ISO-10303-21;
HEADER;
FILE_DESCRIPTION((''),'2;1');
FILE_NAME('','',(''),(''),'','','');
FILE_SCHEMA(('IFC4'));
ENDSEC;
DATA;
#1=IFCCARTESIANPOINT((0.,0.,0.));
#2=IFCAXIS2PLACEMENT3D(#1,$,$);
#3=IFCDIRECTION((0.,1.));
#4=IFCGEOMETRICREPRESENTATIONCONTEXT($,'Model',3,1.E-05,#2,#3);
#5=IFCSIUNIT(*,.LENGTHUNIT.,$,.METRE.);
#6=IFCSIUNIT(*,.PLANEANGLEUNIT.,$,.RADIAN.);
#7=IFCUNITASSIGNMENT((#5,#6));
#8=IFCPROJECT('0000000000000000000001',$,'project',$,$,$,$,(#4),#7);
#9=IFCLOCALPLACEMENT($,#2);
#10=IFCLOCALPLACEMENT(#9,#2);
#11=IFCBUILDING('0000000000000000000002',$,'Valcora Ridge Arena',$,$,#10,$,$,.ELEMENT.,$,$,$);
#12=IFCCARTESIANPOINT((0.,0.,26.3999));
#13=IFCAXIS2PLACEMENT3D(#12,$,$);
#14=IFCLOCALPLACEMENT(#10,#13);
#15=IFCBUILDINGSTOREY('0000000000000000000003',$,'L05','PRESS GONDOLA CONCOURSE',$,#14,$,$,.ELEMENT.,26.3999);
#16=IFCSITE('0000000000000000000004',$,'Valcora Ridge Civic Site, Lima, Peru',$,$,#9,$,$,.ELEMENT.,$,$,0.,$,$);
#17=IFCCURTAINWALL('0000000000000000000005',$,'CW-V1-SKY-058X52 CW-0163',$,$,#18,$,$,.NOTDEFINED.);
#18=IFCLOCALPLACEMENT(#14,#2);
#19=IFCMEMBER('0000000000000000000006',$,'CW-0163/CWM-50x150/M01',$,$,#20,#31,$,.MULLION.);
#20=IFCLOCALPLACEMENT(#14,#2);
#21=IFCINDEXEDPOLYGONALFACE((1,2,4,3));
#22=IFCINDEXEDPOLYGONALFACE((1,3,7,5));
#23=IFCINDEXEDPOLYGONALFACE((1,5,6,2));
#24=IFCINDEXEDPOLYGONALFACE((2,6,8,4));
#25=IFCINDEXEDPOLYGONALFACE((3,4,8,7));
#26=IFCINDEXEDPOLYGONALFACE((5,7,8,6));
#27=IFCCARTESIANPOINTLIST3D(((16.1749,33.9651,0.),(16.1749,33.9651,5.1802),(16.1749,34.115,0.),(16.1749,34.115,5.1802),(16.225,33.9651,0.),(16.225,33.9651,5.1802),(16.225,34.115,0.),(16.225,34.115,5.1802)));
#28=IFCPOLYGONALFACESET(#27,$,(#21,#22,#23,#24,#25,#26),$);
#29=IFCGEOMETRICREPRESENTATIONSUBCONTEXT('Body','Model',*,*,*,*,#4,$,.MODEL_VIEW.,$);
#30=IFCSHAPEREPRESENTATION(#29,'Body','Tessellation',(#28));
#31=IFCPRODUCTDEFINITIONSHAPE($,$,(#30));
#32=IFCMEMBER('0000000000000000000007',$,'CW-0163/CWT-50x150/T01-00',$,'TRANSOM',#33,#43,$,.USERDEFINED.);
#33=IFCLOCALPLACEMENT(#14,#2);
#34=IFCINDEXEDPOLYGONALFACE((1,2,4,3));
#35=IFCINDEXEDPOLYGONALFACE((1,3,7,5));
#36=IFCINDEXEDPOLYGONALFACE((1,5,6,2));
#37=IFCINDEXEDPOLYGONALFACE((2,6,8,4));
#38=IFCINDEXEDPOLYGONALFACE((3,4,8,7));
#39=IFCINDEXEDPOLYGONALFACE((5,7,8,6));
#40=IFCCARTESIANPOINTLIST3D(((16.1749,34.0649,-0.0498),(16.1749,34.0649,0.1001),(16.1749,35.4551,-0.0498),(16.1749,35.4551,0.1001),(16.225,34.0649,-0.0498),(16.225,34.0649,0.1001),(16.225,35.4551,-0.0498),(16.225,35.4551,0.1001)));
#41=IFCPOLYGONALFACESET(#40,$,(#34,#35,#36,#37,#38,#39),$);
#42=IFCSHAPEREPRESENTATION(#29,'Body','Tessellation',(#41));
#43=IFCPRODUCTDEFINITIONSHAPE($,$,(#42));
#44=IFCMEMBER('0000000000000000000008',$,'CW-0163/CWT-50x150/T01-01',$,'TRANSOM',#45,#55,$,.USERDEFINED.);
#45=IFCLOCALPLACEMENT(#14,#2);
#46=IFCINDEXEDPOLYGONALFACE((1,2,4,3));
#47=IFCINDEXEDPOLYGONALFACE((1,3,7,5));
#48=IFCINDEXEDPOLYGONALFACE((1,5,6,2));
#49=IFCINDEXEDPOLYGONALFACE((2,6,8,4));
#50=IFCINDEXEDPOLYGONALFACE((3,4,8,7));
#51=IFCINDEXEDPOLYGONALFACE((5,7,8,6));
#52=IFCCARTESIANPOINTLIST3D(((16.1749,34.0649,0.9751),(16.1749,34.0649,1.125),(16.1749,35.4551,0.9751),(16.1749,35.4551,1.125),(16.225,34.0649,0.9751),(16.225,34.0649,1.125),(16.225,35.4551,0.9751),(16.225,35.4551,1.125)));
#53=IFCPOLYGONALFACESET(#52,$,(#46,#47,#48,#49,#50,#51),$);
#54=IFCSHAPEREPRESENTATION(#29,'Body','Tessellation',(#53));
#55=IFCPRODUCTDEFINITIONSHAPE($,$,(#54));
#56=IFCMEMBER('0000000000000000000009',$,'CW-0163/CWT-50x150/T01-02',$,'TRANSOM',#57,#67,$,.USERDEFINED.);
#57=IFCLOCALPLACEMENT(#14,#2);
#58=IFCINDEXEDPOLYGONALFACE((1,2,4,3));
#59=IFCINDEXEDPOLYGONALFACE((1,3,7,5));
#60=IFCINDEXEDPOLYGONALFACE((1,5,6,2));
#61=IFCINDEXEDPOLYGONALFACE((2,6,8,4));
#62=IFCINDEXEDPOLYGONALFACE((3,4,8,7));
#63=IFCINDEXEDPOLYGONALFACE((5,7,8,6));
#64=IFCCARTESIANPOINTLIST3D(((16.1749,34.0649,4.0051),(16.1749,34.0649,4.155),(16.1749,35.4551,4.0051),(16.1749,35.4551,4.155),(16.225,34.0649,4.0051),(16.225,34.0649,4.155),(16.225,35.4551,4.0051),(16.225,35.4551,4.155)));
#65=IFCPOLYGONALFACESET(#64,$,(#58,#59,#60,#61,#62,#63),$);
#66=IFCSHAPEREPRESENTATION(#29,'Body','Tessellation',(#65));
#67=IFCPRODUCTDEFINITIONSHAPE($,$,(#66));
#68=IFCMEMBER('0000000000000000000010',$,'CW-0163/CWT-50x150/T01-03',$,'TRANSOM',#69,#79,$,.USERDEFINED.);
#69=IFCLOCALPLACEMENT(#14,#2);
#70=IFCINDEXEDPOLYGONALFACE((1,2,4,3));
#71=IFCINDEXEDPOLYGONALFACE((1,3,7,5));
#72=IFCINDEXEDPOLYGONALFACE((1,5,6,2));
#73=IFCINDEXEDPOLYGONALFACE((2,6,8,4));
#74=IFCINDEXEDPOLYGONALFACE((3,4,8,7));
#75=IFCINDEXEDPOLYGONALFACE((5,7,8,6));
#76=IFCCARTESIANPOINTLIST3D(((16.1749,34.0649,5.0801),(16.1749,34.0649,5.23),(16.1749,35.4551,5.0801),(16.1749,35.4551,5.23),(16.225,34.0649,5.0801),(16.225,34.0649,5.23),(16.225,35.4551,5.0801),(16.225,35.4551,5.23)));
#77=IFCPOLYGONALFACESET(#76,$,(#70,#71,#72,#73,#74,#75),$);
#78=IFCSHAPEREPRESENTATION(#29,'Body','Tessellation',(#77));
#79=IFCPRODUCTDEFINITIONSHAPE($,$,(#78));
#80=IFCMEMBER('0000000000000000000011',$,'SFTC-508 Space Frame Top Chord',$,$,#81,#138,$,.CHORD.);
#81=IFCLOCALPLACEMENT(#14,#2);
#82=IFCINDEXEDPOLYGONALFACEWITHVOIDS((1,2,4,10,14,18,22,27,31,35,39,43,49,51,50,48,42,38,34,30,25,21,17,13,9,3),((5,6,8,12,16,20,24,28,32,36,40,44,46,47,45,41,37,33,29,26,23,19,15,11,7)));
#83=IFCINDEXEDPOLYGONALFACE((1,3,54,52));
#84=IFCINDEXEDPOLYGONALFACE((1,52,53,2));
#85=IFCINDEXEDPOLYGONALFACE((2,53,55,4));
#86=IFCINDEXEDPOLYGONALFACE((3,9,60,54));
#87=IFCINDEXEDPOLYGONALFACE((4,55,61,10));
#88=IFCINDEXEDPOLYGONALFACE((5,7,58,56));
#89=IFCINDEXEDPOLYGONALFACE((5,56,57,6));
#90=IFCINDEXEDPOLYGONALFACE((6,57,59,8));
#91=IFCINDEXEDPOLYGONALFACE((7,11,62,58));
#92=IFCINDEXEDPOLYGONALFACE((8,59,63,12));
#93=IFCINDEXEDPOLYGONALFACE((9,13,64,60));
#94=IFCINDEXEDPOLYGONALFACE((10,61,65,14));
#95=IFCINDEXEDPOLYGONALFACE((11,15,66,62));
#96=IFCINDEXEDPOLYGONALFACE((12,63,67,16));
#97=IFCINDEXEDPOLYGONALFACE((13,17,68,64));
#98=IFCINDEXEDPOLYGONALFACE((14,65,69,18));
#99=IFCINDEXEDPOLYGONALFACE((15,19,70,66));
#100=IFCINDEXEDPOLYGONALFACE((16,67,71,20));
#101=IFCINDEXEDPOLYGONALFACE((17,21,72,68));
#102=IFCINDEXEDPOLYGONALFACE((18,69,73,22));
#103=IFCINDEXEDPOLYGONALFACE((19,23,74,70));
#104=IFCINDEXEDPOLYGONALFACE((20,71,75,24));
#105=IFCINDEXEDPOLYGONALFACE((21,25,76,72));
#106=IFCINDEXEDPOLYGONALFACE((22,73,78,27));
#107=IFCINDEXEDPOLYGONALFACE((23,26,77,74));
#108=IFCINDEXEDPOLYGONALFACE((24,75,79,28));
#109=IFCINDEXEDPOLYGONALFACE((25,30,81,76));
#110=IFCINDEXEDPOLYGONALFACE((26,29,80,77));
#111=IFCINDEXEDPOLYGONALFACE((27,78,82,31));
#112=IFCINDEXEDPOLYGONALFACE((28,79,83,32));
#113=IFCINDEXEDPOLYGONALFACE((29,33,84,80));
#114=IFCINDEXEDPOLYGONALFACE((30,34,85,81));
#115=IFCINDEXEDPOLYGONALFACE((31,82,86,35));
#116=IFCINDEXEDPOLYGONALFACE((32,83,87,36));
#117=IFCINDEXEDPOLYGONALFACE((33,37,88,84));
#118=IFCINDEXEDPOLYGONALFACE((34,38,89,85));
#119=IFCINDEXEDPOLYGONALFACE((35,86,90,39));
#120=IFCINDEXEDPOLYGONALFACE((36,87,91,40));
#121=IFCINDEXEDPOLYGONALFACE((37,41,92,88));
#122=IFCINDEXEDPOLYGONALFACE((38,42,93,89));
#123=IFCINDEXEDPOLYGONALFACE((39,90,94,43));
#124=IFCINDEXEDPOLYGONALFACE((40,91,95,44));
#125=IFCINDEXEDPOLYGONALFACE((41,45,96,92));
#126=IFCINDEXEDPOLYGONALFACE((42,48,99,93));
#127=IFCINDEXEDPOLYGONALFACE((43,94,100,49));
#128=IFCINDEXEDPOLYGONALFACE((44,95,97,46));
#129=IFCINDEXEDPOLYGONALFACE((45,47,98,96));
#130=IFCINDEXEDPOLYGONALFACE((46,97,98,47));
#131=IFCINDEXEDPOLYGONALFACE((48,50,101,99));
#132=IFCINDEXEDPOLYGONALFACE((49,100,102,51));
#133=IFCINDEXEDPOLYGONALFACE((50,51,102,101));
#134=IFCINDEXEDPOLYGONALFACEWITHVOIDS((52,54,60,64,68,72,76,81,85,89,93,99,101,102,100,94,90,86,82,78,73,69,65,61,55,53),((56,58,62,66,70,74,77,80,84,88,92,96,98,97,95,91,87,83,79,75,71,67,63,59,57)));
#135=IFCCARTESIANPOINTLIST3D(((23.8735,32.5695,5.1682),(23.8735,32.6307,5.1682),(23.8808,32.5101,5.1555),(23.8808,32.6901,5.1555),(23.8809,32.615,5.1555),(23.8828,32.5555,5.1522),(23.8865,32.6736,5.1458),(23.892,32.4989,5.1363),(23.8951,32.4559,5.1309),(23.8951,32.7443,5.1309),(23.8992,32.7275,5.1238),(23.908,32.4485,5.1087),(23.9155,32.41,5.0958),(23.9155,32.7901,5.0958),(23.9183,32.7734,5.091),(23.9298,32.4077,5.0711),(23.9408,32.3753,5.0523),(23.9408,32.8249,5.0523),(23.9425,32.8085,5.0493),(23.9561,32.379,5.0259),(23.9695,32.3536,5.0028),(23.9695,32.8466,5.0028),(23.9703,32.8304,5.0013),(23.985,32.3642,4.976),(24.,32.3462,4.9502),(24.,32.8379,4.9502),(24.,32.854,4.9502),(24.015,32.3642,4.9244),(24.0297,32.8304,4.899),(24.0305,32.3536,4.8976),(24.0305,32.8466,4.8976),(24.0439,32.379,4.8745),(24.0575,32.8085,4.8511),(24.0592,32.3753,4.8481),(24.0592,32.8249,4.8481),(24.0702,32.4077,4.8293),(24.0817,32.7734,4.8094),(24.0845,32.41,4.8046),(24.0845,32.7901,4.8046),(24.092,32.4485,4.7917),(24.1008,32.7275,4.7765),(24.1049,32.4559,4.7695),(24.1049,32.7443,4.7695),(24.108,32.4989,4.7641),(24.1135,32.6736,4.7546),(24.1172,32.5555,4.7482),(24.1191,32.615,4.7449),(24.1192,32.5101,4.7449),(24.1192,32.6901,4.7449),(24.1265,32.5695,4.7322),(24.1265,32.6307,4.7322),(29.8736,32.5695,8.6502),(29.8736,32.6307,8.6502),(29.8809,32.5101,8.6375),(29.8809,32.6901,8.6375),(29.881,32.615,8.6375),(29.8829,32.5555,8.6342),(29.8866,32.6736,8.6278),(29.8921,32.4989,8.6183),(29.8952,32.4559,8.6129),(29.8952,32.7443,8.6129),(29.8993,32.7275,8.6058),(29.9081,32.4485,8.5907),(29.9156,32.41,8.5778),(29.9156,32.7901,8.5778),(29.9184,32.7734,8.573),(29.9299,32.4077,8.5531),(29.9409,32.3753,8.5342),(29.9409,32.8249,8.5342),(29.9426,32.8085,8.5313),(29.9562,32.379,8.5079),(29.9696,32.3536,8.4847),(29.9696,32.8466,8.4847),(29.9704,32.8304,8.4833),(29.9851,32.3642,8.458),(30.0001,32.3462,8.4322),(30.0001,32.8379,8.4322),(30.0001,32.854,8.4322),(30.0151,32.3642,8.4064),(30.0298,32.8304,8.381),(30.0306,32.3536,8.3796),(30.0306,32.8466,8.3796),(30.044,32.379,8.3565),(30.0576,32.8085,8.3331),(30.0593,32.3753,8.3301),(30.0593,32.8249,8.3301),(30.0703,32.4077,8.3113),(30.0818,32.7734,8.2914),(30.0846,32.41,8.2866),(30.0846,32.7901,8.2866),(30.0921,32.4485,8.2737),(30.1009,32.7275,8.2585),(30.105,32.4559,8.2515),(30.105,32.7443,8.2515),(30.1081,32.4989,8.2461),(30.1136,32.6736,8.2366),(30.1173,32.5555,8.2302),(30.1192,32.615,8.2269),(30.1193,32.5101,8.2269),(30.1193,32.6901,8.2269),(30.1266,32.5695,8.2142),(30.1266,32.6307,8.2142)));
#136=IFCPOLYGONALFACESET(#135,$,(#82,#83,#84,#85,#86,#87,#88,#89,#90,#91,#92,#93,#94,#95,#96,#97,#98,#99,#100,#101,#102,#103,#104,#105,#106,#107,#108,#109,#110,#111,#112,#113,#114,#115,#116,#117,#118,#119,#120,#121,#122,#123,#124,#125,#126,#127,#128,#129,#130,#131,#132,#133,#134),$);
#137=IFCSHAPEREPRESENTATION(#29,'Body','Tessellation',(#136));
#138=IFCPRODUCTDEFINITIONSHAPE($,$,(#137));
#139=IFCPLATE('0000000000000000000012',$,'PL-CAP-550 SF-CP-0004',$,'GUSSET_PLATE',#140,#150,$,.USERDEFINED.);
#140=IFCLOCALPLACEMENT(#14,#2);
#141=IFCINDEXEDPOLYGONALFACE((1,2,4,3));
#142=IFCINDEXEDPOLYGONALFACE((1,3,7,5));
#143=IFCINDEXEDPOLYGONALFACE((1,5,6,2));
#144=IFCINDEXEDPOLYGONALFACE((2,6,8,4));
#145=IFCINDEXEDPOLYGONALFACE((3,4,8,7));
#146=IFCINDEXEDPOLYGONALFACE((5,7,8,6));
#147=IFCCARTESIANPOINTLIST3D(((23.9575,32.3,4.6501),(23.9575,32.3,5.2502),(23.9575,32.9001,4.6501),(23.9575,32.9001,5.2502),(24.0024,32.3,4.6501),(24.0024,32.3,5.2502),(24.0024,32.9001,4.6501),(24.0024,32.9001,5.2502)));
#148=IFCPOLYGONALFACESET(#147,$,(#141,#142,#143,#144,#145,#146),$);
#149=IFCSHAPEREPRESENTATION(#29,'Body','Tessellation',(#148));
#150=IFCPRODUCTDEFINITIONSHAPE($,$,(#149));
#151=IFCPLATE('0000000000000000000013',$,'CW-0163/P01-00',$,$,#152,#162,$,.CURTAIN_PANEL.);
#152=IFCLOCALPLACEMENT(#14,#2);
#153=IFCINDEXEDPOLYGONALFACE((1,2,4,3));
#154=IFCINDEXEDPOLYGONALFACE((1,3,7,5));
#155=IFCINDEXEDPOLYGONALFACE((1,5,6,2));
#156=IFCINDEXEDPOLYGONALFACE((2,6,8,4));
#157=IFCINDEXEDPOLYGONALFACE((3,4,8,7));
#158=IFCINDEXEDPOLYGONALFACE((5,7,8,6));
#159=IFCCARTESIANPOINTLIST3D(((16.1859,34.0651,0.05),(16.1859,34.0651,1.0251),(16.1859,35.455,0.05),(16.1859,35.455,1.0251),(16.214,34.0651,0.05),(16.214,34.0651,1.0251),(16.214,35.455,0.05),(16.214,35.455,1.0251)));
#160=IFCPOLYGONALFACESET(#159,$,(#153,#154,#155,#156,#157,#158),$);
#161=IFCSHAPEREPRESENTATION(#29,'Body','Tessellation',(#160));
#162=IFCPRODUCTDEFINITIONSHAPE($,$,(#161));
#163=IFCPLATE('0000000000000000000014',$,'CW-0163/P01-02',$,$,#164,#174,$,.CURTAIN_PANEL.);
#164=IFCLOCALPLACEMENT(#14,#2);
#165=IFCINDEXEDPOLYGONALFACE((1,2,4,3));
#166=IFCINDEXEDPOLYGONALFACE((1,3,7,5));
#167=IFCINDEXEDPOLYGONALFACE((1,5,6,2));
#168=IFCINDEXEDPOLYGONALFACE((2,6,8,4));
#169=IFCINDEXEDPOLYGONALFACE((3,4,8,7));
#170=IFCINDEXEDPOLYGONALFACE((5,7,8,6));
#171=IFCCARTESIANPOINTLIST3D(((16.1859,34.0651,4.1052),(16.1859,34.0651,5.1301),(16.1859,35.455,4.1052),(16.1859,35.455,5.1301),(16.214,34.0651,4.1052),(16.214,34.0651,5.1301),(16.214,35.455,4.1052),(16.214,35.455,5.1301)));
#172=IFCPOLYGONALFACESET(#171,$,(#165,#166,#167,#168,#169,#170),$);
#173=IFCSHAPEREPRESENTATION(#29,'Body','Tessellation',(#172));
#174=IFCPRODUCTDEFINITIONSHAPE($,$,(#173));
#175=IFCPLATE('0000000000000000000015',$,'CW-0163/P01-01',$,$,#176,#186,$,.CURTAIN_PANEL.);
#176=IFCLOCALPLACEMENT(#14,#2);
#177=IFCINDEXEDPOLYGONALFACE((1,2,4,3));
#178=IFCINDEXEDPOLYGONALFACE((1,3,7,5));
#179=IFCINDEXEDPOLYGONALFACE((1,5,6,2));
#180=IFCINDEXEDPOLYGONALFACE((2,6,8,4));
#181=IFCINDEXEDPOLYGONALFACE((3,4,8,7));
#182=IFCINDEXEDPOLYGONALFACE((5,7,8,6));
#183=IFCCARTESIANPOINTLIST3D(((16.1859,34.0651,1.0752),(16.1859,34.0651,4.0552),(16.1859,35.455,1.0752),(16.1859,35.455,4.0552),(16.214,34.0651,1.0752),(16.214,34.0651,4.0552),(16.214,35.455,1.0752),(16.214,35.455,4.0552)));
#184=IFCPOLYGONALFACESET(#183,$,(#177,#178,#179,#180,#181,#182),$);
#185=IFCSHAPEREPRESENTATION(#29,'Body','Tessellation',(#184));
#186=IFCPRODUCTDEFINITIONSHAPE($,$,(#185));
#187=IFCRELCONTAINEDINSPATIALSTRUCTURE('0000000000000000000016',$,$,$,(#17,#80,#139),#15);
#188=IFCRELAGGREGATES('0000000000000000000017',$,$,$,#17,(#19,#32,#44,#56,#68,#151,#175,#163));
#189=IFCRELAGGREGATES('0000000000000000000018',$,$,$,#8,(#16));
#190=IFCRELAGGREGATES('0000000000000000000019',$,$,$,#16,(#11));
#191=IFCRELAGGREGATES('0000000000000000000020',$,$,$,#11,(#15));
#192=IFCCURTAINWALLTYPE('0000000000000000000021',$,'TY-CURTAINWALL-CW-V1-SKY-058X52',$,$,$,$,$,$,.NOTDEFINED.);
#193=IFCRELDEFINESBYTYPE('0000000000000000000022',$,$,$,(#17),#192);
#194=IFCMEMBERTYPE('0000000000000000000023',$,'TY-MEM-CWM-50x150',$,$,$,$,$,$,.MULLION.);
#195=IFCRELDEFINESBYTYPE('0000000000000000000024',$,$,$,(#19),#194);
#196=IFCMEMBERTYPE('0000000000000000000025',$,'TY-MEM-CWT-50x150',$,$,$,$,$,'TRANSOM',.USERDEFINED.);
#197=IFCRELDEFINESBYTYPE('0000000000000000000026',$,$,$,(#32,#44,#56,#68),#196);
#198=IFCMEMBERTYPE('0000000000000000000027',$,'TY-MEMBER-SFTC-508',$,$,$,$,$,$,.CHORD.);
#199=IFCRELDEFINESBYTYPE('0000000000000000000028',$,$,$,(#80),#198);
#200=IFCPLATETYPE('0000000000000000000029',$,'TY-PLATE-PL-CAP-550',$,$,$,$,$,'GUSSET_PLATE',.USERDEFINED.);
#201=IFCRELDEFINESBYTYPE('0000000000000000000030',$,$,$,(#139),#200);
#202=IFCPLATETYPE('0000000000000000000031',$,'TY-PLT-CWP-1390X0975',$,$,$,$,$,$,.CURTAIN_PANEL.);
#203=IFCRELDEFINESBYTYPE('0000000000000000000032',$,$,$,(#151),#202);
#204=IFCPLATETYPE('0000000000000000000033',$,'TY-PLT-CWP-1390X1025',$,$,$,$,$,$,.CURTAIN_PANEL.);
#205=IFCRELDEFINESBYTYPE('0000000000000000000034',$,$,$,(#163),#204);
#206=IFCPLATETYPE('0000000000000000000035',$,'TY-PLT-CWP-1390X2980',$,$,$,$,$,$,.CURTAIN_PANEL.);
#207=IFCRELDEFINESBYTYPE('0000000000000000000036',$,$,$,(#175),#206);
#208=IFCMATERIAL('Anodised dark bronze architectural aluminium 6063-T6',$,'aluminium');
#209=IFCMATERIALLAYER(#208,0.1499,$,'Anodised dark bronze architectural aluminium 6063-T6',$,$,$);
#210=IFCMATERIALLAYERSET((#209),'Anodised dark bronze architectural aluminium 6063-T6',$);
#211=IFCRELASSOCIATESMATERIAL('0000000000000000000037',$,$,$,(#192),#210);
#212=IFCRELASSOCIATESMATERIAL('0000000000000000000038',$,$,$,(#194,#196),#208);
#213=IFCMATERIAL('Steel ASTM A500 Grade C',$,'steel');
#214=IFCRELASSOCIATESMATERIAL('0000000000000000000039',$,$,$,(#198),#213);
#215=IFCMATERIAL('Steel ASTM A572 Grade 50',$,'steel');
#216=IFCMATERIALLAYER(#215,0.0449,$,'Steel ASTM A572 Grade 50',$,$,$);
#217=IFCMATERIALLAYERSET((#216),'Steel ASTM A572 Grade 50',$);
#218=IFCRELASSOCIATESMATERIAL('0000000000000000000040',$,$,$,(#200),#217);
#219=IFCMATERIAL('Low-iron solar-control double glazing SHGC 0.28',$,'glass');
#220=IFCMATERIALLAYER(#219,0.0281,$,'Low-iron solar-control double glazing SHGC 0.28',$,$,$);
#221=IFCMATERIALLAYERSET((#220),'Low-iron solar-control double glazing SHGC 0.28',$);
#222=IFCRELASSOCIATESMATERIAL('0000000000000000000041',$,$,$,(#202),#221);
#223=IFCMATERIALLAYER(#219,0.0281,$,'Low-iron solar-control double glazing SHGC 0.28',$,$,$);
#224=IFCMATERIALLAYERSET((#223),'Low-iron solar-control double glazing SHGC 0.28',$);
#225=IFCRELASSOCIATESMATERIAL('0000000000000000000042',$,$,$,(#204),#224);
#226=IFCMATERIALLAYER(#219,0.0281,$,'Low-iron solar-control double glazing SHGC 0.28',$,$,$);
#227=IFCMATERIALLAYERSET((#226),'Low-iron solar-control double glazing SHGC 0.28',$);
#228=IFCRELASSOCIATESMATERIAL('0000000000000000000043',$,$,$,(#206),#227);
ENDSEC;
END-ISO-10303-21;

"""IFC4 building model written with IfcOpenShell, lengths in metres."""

from ifc_helpers import new_model, si_unit, direction, frame, origin, origin_2d, place, context, subcontext, project, spatial, rectangle, hollow_circle, extrude, material, layer, layer_set, material_profile, profile_set, type_object, element, aggregate, save


model = new_model("IFC4")

# Units and contexts
model_context = context("Model", 3, precision=1e-05, world=origin(), true_north=direction((0.0, 1.0)))
body_context = subcontext(model_context, "Body", "Model", "MODEL_VIEW")
ifc_project = project(units=[si_unit("LENGTHUNIT", "METRE"), si_unit("PLANEANGLEUNIT", "RADIAN")], contexts=[model_context])

# Site, building, storey
site_placement = place(None, origin())
site = spatial("IfcSite", under=ifc_project, at=site_placement, Name="Valcora Ridge Civic Site, Lima, Peru", CompositionType="ELEMENT", RefElevation=0.0)
building_placement = place(site_placement, origin())
building = spatial("IfcBuilding", under=site, at=building_placement, Name="Valcora Ridge Arena", CompositionType="ELEMENT")
storey_placement = place(building_placement, frame((0.0, 0.0, 26.3999)))
storey = spatial("IfcBuildingStorey", under=building, at=storey_placement, Name="L05", Description="PRESS GONDOLA CONCOURSE", CompositionType="ELEMENT", Elevation=26.3999)

# Curtain wall, members
ifc_material_1 = material(Name="Anodised dark bronze architectural aluminium 6063-T6", Category="aluminium")
ifc_layer_1 = layer(ifc_material_1, 0.1499, Name="Anodised dark bronze architectural aluminium 6063-T6")
ifc_layer_set_1 = layer_set([ifc_layer_1], Name="Anodised dark bronze architectural aluminium 6063-T6")
curtain_wall_type = type_object("IfcCurtainWallType", Name="TY-CURTAINWALL-CW-V1-SKY-058X52", PredefinedType="NOTDEFINED", material=ifc_layer_set_1)
curtain_wall_placement = place(storey_placement, origin())
curtain_wall = element("IfcCurtainWall", 1, at=curtain_wall_placement, inside=storey, type_object=curtain_wall_type, Name="CW-V1-SKY-058X52 CW-0163", PredefinedType="NOTDEFINED")
ifc_material_profile_1 = material_profile(ifc_material_1, rectangle(XDim=0.05, YDim=0.1499, at=origin_2d()), Name="ALU MULLION 50x150")
ifc_profile_set_1 = profile_set([ifc_material_profile_1], Name="Anodised dark bronze architectural aluminium 6063-T6")
member_type_1 = type_object("IfcMemberType", Name="TY-MEM-CWM-50x150", PredefinedType="MULLION", material=ifc_profile_set_1)
member_1_placement = place(storey_placement, frame((16.2, 34.04, 0.0), z_axis=(0.0, 0.0, 1.0), x_axis=(-1.0, 0.0, 0.0)))
member_1 = element("IfcMember", 2, at=member_1_placement, type_object=member_type_1, Name="CW-0163/CWM-50x150/M01", PredefinedType="MULLION", context=body_context, shape_type="SweptSolid", body=[
    extrude(rectangle(XDim=0.05, YDim=0.1499, at=origin_2d()), origin(), (0.0, 0.0, 1.0), 5.1802),
])
ifc_material_profile_2 = material_profile(ifc_material_1, rectangle(XDim=0.05, YDim=0.1499, at=origin_2d()), Name="ALU TRANSOM 50x150")
ifc_profile_set_2 = profile_set([ifc_material_profile_2], Name="Anodised dark bronze architectural aluminium 6063-T6")
member_type_2 = type_object("IfcMemberType", Name="TY-MEM-CWT-50x150", ElementType="TRANSOM", PredefinedType="USERDEFINED", material=ifc_profile_set_2)
member_2_placement = place(storey_placement, frame((16.2, 34.0649, 0.0251), z_axis=(0.0, 1.0, 0.0), x_axis=(-1.0, 0.0, 0.0)))
member_2 = element("IfcMember", 3, at=member_2_placement, type_object=member_type_2, Name="CW-0163/CWT-50x150/T01-00", ObjectType="TRANSOM", PredefinedType="USERDEFINED", context=body_context, shape_type="SweptSolid", body=[
    extrude(rectangle(XDim=0.05, YDim=0.1499, at=origin_2d()), origin(), (0.0, 0.0, 1.0), 1.3901),
])
member_3_placement = place(storey_placement, frame((16.2, 34.0649, 1.05), z_axis=(0.0, 1.0, 0.0), x_axis=(-1.0, 0.0, 0.0)))
member_3 = element("IfcMember", 4, at=member_3_placement, type_object=member_type_2, Name="CW-0163/CWT-50x150/T01-01", ObjectType="TRANSOM", PredefinedType="USERDEFINED", context=body_context, shape_type="SweptSolid", body=[
    extrude(rectangle(XDim=0.05, YDim=0.1499, at=origin_2d()), origin(), (0.0, 0.0, 1.0), 1.3901),
])
member_4_placement = place(storey_placement, frame((16.2, 34.0649, 4.0801), z_axis=(0.0, 1.0, 0.0), x_axis=(-1.0, 0.0, 0.0)))
member_4 = element("IfcMember", 5, at=member_4_placement, type_object=member_type_2, Name="CW-0163/CWT-50x150/T01-02", ObjectType="TRANSOM", PredefinedType="USERDEFINED", context=body_context, shape_type="SweptSolid", body=[
    extrude(rectangle(XDim=0.05, YDim=0.1499, at=origin_2d()), origin(), (0.0, 0.0, 1.0), 1.3901),
])
member_5_placement = place(storey_placement, frame((16.2, 34.0649, 5.155), z_axis=(0.0, 1.0, 0.0), x_axis=(-1.0, 0.0, 0.0)))
member_5 = element("IfcMember", 6, at=member_5_placement, type_object=member_type_2, Name="CW-0163/CWT-50x150/T01-03", ObjectType="TRANSOM", PredefinedType="USERDEFINED", context=body_context, shape_type="SweptSolid", body=[
    extrude(rectangle(XDim=0.05, YDim=0.1499, at=origin_2d()), origin(), (0.0, 0.0, 1.0), 1.3901),
])

# Member
ifc_material_2 = material(Name="Steel ASTM A500 Grade C", Category="steel")
ifc_material_profile_3 = material_profile(ifc_material_2, hollow_circle(Radius=0.2539, WallThickness=0.0161, at=origin_2d()), Name="CHS508X16")
ifc_profile_set_3 = profile_set([ifc_material_profile_3], Name="Steel ASTM A500 Grade C")
member_type_3 = type_object("IfcMemberType", Name="TY-MEMBER-SFTC-508", PredefinedType="CHORD", material=ifc_profile_set_3)
member_6_placement = place(storey_placement, frame((24.0, 32.6001, 4.9502), z_axis=(0.86491, 0.0, 0.501927), x_axis=(0.0, 1.0, 0.0)))
element("IfcMember", 7, at=member_6_placement, inside=storey, type_object=member_type_3, Name="SFTC-508 Space Frame Top Chord", PredefinedType="CHORD", context=body_context, shape_type="SweptSolid", body=[
    extrude(hollow_circle(Radius=0.2539, WallThickness=0.0161, at=origin_2d()), origin(), (0.0, 0.0, 1.0), 6.9373),
])

# Plates
ifc_material_3 = material(Name="Steel ASTM A572 Grade 50", Category="steel")
ifc_layer_2 = layer(ifc_material_3, 0.0449, Name="Steel ASTM A572 Grade 50")
ifc_layer_set_2 = layer_set([ifc_layer_2], Name="Steel ASTM A572 Grade 50")
plate_type_1 = type_object("IfcPlateType", Name="TY-PLATE-PL-CAP-550", ElementType="GUSSET_PLATE", PredefinedType="USERDEFINED", material=ifc_layer_set_2)
plate_1_placement = place(storey_placement, frame((23.98, 32.6001, 4.6501), z_axis=(0.0, 0.0, 1.0), x_axis=(1.0, 0.0, 0.0)))
element("IfcPlate", 8, at=plate_1_placement, inside=storey, type_object=plate_type_1, Name="PL-CAP-550 SF-CP-0004", ObjectType="GUSSET_PLATE", PredefinedType="USERDEFINED", context=body_context, shape_type="SweptSolid", body=[
    extrude(rectangle(XDim=0.0449, YDim=0.6001, at=origin_2d()), origin(), (0.0, 0.0, 1.0), 0.6001),
])
ifc_material_4 = material(Name="Low-iron solar-control double glazing SHGC 0.28", Category="glass")
ifc_layer_3 = layer(ifc_material_4, 0.0281, Name="Low-iron solar-control double glazing SHGC 0.28")
ifc_layer_set_3 = layer_set([ifc_layer_3], Name="Low-iron solar-control double glazing SHGC 0.28")
plate_type_2 = type_object("IfcPlateType", Name="TY-PLT-CWP-1390X0975", PredefinedType="CURTAIN_PANEL", material=ifc_layer_set_3)
plate_2_placement = place(storey_placement, frame((16.2, 34.76, 0.05), z_axis=(0.0, 0.0, 1.0), x_axis=(0.0, 1.0, 0.0)))
plate_2 = element("IfcPlate", 9, at=plate_2_placement, type_object=plate_type_2, Name="CW-0163/P01-00", PredefinedType="CURTAIN_PANEL", context=body_context, shape_type="SweptSolid", body=[
    extrude(rectangle(XDim=1.3899, YDim=0.0281, at=origin_2d()), origin(), (0.0, 0.0, 1.0), 0.9751),
])
ifc_layer_4 = layer(ifc_material_4, 0.0281, Name="Low-iron solar-control double glazing SHGC 0.28")
ifc_layer_set_4 = layer_set([ifc_layer_4], Name="Low-iron solar-control double glazing SHGC 0.28")
plate_type_3 = type_object("IfcPlateType", Name="TY-PLT-CWP-1390X1025", PredefinedType="CURTAIN_PANEL", material=ifc_layer_set_4)
plate_3_placement = place(storey_placement, frame((16.2, 34.76, 4.1052), z_axis=(0.0, 0.0, 1.0), x_axis=(0.0, 1.0, 0.0)))
plate_3 = element("IfcPlate", 10, at=plate_3_placement, type_object=plate_type_3, Name="CW-0163/P01-02", PredefinedType="CURTAIN_PANEL", context=body_context, shape_type="SweptSolid", body=[
    extrude(rectangle(XDim=1.3899, YDim=0.0281, at=origin_2d()), origin(), (0.0, 0.0, 1.0), 1.0249),
])
ifc_layer_5 = layer(ifc_material_4, 0.0281, Name="Low-iron solar-control double glazing SHGC 0.28")
ifc_layer_set_5 = layer_set([ifc_layer_5], Name="Low-iron solar-control double glazing SHGC 0.28")
plate_type_4 = type_object("IfcPlateType", Name="TY-PLT-CWP-1390X2980", PredefinedType="CURTAIN_PANEL", material=ifc_layer_set_5)
plate_4_placement = place(storey_placement, frame((16.2, 34.76, 1.0752), z_axis=(0.0, 0.0, 1.0), x_axis=(0.0, 1.0, 0.0)))
plate_4 = element("IfcPlate", 11, at=plate_4_placement, type_object=plate_type_4, Name="CW-0163/P01-01", PredefinedType="CURTAIN_PANEL", context=body_context, shape_type="SweptSolid", body=[
    extrude(rectangle(XDim=1.3899, YDim=0.0281, at=origin_2d()), origin(), (0.0, 0.0, 1.0), 2.98),
])
aggregate(curtain_wall, [member_1, member_2, member_3, member_4, member_5, plate_2, plate_4, plate_3])

save(model, "model.ifc")
